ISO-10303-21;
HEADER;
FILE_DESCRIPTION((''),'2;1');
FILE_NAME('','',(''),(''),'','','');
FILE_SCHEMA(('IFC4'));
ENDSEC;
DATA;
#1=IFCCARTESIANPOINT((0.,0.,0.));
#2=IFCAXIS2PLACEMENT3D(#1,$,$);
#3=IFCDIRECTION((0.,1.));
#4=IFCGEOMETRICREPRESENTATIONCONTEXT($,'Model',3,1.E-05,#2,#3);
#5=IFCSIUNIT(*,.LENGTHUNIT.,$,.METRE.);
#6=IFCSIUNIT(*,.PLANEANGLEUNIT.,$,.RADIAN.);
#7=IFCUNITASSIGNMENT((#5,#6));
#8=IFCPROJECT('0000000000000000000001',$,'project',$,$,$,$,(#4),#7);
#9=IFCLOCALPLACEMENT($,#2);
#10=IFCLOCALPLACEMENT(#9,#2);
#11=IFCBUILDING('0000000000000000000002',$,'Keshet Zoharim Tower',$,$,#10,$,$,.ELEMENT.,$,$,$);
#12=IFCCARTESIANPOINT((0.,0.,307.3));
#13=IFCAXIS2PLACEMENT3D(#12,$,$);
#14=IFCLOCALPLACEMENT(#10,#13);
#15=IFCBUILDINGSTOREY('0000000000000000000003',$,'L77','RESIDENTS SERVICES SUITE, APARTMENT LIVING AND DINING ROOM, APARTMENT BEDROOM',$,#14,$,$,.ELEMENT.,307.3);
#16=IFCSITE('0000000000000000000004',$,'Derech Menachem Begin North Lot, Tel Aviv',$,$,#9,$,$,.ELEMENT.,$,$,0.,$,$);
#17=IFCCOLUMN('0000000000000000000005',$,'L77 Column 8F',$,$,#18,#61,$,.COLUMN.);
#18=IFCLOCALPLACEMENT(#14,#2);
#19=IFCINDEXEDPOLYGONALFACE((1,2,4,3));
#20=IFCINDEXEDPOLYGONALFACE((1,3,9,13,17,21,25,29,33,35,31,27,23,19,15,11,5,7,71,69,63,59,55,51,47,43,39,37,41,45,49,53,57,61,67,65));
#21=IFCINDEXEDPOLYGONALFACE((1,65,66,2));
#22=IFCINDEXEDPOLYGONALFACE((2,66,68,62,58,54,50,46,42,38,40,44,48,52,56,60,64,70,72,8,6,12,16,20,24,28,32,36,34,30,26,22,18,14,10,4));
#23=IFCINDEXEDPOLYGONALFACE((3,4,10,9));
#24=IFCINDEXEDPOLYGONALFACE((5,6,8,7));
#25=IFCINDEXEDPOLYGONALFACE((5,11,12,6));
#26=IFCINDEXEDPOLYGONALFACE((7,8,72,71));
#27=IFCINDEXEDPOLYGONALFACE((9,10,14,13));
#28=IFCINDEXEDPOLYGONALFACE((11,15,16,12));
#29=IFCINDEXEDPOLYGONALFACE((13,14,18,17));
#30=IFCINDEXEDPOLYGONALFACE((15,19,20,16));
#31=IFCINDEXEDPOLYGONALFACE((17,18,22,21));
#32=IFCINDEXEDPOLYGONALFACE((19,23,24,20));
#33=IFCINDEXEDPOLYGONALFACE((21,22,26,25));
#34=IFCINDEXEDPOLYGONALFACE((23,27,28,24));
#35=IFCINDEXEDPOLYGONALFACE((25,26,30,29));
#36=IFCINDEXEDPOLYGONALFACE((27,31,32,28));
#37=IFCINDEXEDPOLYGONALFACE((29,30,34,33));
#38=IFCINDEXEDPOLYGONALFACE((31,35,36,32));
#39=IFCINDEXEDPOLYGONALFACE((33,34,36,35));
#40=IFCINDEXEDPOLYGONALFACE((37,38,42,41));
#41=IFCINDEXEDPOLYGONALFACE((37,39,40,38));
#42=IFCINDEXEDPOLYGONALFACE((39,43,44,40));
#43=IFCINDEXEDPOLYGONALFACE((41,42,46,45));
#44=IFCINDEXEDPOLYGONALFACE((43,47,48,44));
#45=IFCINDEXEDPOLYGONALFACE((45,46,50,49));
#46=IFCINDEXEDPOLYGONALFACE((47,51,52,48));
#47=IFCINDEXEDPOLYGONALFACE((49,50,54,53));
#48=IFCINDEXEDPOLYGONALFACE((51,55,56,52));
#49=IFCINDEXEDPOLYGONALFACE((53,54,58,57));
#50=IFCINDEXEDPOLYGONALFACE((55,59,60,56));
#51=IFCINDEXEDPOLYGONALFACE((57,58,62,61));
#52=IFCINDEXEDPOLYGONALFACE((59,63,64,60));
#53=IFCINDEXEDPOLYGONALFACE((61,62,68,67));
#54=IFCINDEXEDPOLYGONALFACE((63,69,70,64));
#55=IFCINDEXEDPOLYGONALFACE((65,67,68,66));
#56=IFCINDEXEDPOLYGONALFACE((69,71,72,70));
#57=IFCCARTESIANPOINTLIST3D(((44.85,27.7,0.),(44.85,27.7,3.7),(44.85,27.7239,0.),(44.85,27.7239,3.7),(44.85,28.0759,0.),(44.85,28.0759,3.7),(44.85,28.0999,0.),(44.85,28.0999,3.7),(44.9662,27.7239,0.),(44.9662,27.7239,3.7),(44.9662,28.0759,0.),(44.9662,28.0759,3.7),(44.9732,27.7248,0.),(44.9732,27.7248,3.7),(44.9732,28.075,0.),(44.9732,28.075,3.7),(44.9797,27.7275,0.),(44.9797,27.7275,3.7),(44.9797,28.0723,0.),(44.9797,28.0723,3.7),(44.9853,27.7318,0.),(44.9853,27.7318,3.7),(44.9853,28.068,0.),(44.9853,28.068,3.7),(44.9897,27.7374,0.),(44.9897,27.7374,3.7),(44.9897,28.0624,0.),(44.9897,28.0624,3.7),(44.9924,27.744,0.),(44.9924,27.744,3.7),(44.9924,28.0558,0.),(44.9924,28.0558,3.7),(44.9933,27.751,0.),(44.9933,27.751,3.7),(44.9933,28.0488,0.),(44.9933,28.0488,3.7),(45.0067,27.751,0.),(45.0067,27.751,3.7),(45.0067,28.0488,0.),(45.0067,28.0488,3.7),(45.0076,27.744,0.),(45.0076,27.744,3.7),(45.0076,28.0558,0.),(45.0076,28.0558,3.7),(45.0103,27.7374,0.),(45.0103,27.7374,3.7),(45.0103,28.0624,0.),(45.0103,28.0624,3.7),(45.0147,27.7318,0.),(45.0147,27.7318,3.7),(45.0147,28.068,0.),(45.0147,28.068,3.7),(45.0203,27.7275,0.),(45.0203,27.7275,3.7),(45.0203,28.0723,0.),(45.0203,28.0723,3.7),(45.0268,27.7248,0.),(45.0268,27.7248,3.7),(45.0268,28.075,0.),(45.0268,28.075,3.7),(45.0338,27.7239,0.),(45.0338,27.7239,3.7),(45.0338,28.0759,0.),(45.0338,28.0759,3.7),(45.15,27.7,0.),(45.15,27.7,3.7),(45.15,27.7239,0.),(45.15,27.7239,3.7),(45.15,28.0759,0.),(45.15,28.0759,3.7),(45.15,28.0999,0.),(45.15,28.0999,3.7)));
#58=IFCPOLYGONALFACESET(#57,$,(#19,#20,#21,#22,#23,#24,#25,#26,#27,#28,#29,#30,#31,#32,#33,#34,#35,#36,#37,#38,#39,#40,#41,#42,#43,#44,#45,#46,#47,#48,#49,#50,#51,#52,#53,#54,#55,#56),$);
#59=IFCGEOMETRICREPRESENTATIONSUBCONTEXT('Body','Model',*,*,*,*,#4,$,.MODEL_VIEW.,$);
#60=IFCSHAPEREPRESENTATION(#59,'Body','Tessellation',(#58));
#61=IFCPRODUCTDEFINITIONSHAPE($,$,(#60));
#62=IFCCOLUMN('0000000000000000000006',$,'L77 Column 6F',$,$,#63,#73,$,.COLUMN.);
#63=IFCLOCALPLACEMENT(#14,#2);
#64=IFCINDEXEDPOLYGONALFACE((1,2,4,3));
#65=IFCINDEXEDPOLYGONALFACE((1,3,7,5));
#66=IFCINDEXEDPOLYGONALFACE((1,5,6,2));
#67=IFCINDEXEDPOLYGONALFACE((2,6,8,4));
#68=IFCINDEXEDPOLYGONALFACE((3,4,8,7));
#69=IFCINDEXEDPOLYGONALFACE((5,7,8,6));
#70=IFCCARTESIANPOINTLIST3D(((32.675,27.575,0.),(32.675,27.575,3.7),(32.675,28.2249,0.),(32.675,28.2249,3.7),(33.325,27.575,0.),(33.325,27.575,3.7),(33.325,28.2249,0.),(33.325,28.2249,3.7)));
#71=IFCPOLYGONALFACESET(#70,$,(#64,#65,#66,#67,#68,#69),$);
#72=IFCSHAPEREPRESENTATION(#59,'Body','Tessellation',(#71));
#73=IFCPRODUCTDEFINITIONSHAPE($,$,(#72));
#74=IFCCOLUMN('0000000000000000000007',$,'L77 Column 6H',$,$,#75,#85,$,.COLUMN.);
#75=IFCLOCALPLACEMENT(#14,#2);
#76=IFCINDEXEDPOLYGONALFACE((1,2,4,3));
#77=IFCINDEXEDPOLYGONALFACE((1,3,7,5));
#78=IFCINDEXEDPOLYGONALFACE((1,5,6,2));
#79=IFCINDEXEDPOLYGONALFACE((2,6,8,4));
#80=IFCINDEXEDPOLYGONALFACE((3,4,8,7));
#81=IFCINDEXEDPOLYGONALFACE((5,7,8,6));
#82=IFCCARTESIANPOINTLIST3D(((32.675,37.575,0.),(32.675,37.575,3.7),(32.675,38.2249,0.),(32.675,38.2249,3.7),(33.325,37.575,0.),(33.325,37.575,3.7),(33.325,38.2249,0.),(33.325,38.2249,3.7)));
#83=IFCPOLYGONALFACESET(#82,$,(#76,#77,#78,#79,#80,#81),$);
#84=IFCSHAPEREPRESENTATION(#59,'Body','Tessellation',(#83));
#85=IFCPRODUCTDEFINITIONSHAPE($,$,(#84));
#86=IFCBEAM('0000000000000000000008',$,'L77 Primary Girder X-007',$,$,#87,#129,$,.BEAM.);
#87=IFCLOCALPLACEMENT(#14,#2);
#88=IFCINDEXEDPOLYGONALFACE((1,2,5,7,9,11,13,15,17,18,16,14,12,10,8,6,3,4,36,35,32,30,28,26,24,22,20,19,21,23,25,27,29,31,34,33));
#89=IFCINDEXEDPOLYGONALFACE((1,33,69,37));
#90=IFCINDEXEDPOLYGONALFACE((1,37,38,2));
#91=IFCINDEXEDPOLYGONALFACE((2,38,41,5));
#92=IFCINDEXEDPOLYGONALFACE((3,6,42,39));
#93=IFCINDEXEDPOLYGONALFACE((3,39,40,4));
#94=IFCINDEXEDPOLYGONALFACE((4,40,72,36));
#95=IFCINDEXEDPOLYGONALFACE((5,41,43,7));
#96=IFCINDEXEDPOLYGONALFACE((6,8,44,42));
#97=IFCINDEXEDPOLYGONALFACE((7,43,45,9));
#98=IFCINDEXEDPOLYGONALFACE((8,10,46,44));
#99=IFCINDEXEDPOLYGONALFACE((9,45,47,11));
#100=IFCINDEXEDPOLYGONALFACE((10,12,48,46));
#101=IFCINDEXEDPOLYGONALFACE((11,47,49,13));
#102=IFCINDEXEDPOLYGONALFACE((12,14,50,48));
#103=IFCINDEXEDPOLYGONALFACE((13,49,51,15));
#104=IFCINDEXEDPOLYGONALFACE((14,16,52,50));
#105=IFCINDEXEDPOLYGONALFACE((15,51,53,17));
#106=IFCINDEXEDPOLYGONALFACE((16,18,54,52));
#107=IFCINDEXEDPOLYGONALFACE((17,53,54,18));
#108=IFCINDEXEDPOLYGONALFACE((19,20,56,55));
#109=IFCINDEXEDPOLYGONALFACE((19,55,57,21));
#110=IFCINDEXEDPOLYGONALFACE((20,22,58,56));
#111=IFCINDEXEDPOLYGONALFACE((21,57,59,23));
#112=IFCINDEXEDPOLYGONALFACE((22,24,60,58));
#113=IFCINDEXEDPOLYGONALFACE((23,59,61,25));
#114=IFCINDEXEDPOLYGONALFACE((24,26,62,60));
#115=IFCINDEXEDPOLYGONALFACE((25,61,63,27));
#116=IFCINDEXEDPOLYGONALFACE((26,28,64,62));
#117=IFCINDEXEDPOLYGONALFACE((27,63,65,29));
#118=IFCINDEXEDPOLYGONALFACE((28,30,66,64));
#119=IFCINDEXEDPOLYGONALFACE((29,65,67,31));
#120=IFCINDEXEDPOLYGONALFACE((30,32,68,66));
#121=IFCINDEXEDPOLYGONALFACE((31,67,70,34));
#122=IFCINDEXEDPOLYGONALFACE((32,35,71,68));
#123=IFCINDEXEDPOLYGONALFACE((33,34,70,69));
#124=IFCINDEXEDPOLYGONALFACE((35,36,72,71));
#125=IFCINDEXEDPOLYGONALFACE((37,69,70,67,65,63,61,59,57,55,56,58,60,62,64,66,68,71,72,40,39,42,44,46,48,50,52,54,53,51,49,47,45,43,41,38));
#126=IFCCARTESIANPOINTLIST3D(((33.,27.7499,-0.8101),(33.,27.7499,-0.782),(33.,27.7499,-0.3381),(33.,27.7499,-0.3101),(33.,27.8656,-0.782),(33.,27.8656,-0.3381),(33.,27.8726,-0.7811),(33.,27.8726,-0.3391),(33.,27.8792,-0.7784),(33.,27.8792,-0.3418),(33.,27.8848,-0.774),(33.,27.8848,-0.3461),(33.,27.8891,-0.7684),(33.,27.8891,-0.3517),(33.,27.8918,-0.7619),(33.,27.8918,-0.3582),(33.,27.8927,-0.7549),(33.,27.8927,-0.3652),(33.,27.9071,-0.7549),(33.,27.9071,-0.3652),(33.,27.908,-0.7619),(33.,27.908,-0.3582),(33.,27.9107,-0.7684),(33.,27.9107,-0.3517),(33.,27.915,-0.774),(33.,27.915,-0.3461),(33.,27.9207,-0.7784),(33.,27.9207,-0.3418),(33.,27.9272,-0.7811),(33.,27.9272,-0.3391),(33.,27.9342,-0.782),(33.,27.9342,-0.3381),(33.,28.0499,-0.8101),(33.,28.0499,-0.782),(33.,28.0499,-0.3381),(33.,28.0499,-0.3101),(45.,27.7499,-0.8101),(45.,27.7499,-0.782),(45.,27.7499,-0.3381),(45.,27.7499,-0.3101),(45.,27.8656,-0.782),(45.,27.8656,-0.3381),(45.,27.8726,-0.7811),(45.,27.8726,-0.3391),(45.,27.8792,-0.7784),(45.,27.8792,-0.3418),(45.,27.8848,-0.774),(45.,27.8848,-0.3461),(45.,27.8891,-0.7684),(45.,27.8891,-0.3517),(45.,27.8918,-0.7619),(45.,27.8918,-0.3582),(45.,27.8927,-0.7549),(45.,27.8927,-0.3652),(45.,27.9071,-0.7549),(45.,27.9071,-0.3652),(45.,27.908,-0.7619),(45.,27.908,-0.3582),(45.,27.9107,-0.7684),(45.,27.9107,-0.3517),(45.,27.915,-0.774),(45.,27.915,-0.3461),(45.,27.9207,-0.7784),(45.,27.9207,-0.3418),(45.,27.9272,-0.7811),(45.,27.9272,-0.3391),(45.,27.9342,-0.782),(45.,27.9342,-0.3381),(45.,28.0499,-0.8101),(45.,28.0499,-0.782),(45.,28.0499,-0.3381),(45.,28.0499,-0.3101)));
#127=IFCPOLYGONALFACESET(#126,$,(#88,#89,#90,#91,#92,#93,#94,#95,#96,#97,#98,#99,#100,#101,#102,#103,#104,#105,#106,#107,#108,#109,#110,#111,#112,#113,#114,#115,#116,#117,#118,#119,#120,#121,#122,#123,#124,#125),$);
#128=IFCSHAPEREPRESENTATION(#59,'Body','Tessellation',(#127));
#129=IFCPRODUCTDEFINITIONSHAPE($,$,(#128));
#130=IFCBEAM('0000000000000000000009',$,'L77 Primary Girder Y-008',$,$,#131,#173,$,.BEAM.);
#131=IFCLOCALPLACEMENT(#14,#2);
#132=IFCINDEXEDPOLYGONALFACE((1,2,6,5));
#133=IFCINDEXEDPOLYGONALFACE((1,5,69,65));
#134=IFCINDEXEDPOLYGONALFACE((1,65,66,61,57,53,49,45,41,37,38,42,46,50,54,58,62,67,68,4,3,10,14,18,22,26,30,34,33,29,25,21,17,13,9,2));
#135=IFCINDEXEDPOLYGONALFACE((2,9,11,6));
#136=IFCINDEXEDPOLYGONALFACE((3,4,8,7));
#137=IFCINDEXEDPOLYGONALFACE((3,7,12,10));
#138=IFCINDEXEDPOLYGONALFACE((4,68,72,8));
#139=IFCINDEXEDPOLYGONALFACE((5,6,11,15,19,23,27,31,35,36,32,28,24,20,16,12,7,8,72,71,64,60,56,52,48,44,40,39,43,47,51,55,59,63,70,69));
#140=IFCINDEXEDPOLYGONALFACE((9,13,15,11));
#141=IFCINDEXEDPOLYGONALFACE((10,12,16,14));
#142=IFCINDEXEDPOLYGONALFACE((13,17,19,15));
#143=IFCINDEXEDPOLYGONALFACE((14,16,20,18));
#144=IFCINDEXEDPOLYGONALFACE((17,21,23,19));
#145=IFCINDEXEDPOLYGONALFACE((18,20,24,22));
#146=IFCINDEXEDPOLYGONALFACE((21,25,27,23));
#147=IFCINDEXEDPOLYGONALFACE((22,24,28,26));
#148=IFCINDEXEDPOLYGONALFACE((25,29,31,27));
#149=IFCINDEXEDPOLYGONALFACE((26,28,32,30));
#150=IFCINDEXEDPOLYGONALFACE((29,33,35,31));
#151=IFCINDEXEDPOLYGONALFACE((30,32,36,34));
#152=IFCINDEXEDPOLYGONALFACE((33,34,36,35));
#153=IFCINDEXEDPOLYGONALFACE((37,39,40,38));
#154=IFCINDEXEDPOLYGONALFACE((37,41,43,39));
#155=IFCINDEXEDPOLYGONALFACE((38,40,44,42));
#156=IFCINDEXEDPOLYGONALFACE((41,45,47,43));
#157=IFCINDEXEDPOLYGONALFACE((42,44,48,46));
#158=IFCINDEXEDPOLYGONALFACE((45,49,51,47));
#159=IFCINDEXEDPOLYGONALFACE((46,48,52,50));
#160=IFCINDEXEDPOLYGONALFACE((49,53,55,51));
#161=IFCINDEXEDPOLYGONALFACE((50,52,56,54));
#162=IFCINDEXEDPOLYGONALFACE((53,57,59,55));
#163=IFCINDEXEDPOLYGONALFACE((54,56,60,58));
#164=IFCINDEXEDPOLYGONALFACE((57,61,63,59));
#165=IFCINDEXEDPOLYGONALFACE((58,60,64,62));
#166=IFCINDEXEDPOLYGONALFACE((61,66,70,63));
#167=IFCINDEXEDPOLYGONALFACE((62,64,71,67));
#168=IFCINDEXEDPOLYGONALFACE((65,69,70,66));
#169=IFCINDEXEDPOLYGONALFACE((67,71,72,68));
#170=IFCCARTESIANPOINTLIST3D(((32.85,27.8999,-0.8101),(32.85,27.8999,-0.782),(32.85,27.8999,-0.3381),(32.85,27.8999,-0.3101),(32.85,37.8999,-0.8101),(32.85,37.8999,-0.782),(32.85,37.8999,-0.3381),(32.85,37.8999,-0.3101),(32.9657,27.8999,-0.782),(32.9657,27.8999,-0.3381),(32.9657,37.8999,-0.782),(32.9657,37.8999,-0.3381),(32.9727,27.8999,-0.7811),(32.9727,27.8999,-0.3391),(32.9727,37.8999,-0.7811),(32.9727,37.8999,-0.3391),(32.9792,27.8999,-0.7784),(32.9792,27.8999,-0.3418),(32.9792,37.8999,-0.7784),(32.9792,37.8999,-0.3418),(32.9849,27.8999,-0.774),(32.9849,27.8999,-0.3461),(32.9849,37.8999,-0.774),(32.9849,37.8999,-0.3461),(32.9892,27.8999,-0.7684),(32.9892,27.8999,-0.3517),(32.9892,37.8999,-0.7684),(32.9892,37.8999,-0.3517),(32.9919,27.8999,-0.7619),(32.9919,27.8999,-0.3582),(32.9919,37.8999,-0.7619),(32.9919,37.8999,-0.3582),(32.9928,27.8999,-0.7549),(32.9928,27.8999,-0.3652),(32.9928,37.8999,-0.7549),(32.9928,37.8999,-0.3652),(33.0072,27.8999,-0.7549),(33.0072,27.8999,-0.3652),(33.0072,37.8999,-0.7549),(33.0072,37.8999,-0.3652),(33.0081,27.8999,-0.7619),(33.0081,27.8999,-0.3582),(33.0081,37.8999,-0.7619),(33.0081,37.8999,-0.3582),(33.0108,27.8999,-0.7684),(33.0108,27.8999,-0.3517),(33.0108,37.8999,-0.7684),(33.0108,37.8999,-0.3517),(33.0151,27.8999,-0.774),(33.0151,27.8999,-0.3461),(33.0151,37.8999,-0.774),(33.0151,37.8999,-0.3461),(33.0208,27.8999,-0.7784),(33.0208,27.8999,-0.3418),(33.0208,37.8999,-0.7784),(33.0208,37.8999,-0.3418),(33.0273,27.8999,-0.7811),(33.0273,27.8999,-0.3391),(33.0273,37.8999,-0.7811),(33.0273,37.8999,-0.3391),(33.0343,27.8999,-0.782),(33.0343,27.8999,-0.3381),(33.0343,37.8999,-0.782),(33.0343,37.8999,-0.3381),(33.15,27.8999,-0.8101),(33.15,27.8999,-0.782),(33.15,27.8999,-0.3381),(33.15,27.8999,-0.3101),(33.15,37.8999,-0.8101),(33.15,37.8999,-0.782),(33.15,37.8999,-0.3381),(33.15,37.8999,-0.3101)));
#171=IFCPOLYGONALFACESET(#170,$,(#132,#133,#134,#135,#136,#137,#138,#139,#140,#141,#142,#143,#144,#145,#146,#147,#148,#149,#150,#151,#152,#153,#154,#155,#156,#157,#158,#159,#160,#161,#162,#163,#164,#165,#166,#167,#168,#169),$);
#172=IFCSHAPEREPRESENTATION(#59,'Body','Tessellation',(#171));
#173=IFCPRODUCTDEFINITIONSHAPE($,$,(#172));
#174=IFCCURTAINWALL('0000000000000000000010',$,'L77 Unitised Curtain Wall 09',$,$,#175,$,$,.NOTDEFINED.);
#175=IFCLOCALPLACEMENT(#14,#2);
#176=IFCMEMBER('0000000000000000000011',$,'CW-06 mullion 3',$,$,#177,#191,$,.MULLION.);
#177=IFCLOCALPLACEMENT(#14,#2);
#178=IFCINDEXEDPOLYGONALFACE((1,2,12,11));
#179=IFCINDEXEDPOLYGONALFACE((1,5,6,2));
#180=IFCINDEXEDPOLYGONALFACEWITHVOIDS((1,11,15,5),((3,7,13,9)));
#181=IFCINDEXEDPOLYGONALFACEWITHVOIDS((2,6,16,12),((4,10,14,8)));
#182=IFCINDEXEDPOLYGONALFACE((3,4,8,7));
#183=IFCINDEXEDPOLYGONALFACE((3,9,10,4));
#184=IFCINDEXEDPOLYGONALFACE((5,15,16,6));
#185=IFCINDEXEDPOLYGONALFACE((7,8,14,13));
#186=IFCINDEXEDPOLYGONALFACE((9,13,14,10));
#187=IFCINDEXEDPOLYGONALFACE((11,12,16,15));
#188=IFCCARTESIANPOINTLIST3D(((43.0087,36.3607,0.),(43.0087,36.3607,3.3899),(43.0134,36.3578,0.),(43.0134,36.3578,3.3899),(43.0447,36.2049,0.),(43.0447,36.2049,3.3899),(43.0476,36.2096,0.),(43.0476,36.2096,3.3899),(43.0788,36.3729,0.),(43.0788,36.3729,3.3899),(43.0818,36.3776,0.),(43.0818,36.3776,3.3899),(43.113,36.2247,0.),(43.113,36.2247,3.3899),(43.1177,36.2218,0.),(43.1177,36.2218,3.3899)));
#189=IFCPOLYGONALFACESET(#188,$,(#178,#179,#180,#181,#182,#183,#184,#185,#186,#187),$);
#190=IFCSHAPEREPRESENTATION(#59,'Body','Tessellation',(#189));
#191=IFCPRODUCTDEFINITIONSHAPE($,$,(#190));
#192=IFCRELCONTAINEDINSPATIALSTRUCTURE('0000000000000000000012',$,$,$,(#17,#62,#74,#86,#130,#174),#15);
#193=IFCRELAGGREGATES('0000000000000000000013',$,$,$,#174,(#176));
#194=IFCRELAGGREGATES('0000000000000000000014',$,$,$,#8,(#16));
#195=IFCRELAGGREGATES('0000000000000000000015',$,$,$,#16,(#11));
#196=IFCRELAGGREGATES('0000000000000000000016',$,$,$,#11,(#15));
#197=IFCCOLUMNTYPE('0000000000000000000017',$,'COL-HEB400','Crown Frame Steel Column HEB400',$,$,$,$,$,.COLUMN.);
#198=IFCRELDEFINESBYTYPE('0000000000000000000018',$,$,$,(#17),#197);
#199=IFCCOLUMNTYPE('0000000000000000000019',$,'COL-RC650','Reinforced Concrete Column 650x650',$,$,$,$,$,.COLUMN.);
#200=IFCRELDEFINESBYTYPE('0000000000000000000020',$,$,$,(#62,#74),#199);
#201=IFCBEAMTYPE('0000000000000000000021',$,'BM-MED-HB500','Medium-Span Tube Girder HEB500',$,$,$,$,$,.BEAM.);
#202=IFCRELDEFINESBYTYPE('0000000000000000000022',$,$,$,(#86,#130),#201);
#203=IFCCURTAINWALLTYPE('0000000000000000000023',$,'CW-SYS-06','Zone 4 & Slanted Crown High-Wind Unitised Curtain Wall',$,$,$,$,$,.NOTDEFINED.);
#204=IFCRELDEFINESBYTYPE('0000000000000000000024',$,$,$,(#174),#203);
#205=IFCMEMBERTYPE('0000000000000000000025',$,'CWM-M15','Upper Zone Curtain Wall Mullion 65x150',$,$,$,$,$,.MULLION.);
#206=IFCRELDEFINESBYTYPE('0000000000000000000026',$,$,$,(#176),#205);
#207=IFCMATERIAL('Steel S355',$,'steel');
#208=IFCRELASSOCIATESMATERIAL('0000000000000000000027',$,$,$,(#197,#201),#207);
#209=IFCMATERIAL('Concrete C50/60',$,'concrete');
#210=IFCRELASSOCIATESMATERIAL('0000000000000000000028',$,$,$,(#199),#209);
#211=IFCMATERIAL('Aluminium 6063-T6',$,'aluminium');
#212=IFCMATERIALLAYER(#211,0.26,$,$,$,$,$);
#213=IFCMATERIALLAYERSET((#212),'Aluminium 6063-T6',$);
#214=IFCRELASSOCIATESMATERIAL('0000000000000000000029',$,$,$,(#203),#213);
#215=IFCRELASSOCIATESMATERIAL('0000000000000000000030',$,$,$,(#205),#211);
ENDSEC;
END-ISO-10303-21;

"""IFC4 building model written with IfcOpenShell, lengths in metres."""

from ifc_helpers import new_model, si_unit, direction, frame, origin, origin_2d, place, context, subcontext, project, spatial, rectangle, hollow_rectangle, i_section, extrude, material, layer, layer_set, material_profile, profile_set, type_object, element, aggregate, save


model = new_model("IFC4")

# Units and contexts
model_context = context("Model", 3, precision=1e-05, world=origin(), true_north=direction((0.0, 1.0)))
body_context = subcontext(model_context, "Body", "Model", "MODEL_VIEW")
ifc_project = project(units=[si_unit("LENGTHUNIT", "METRE"), si_unit("PLANEANGLEUNIT", "RADIAN")], contexts=[model_context])

# Site, building, storey
site_placement = place(None, origin())
site = spatial("IfcSite", under=ifc_project, at=site_placement, Name="Derech Menachem Begin North Lot, Tel Aviv", CompositionType="ELEMENT", RefElevation=0.0)
building_placement = place(site_placement, origin())
building = spatial("IfcBuilding", under=site, at=building_placement, Name="Keshet Zoharim Tower", CompositionType="ELEMENT")
storey_placement = place(building_placement, frame((0.0, 0.0, 307.3)))
storey = spatial("IfcBuildingStorey", under=building, at=storey_placement, Name="L77", Description="RESIDENTS SERVICES SUITE, APARTMENT LIVING AND DINING ROOM, APARTMENT BEDROOM", CompositionType="ELEMENT", Elevation=307.3)

# Columns
ifc_material_1 = material(Name="Steel S355", Category="steel")
ifc_material_profile_1 = material_profile(ifc_material_1, i_section(OverallWidth=0.3, OverallDepth=0.3999, WebThickness=0.0134, FlangeThickness=0.0239, FilletRadius=0.0271, at=origin_2d()), Name="HEB400")
ifc_profile_set_1 = profile_set([ifc_material_profile_1], Name="Steel S355")
column_type_1 = type_object("IfcColumnType", Name="COL-HEB400", Description="Crown Frame Steel Column HEB400", PredefinedType="COLUMN", material=ifc_profile_set_1)
column_placement = place(storey_placement, frame((45.0, 27.8999, 0.0), z_axis=(0.0, 0.0, 1.0), x_axis=(1.0, 0.0, 0.0)))
element("IfcColumn", 1, at=column_placement, inside=storey, type_object=column_type_1, Name="L77 Column 8F", PredefinedType="COLUMN", context=body_context, shape_type="SweptSolid", body=[
    extrude(i_section(OverallWidth=0.3, OverallDepth=0.3999, WebThickness=0.0134, FlangeThickness=0.0239, FilletRadius=0.0271, at=origin_2d()), origin(), (0.0, 0.0, 1.0), 3.7),
])
ifc_material_2 = material(Name="Concrete C50/60", Category="concrete")
ifc_material_profile_2 = material_profile(ifc_material_2, rectangle(XDim=0.6499, YDim=0.6499, at=origin_2d()), Name="RC650x650")
ifc_profile_set_2 = profile_set([ifc_material_profile_2], Name="Concrete C50/60")
column_type_2 = type_object("IfcColumnType", Name="COL-RC650", Description="Reinforced Concrete Column 650x650", PredefinedType="COLUMN", material=ifc_profile_set_2)
for number, where, z_axis, x_axis, name in (
    (2, (33.0, 27.8999, 0.0), (0.0, 0.0, 1.0), (1.0, 0.0, 0.0), "L77 Column 6F"),
    (3, (33.0, 37.8999, 0.0), (0.0, 0.0, 1.0), (1.0, 0.0, 0.0), "L77 Column 6H"),
):
    element("IfcColumn", number, at=place(storey_placement, frame(where, z_axis=z_axis, x_axis=x_axis)), inside=storey, type_object=column_type_2, Name=name, PredefinedType="COLUMN", context=body_context, shape_type="SweptSolid", body=[
        extrude(rectangle(XDim=0.6499, YDim=0.6499, at=origin_2d()), origin(), (0.0, 0.0, 1.0), 3.7),
    ])

# Beams
ifc_material_profile_3 = material_profile(ifc_material_1, i_section(OverallWidth=0.3, OverallDepth=0.5, WebThickness=0.0144, FlangeThickness=0.0281, FilletRadius=0.0271, at=origin_2d()), Name="HEB500")
ifc_profile_set_3 = profile_set([ifc_material_profile_3], Name="Steel S355")
beam_type = type_object("IfcBeamType", Name="BM-MED-HB500", Description="Medium-Span Tube Girder HEB500", PredefinedType="BEAM", material=ifc_profile_set_3)
beam_1_placement = place(storey_placement, frame((33.0, 27.8999, -0.5601), z_axis=(1.0, 0.0, 0.0), x_axis=(0.0, 1.0, 0.0)))
element("IfcBeam", 4, at=beam_1_placement, inside=storey, type_object=beam_type, Name="L77 Primary Girder X-007", PredefinedType="BEAM", context=body_context, shape_type="SweptSolid", body=[
    extrude(i_section(OverallWidth=0.3, OverallDepth=0.5, WebThickness=0.0144, FlangeThickness=0.0281, FilletRadius=0.0271, at=origin_2d()), origin(), (0.0, 0.0, 1.0), 12.0),
])
beam_2_placement = place(storey_placement, frame((33.0, 27.8999, -0.5601), z_axis=(0.0, 1.0, 0.0), x_axis=(-1.0, 0.0, 0.0)))
element("IfcBeam", 5, at=beam_2_placement, inside=storey, type_object=beam_type, Name="L77 Primary Girder Y-008", PredefinedType="BEAM", context=body_context, shape_type="SweptSolid", body=[
    extrude(i_section(OverallWidth=0.3, OverallDepth=0.5, WebThickness=0.0144, FlangeThickness=0.0281, FilletRadius=0.0271, at=origin_2d()), origin(), (0.0, 0.0, 1.0), 10.0),
])

# Curtain wall, member
ifc_material_3 = material(Name="Aluminium 6063-T6", Category="aluminium")
ifc_layer_1 = layer(ifc_material_3, 0.26)
ifc_layer_set_1 = layer_set([ifc_layer_1], Name="Aluminium 6063-T6")
curtain_wall_type = type_object("IfcCurtainWallType", Name="CW-SYS-06", Description="Zone 4 & Slanted Crown High-Wind Unitised Curtain Wall", PredefinedType="NOTDEFINED", material=ifc_layer_set_1)
curtain_wall_1_placement = place(storey_placement, origin())
curtain_wall_1 = element("IfcCurtainWall", 6, at=curtain_wall_1_placement, inside=storey, type_object=curtain_wall_type, Name="L77 Unitised Curtain Wall 09", PredefinedType="NOTDEFINED")
ifc_material_profile_4 = material_profile(ifc_material_3, hollow_rectangle(XDim=0.075, YDim=0.1599, WallThickness=0.0039, at=origin_2d()), Name="MUL-75x160")
ifc_profile_set_4 = profile_set([ifc_material_profile_4], Name="Aluminium 6063-T6")
member_type_1 = type_object("IfcMemberType", Name="CWM-M15", Description="Upper Zone Curtain Wall Mullion 65x150", PredefinedType="MULLION", material=ifc_profile_set_4)
member_1_placement = place(storey_placement, frame((43.0632, 36.2913, 0.0), z_axis=(0.0, 0.0, 1.0), x_axis=(0.974398, 0.22483, 0.0)))
member_1 = element("IfcMember", 7, at=member_1_placement, type_object=member_type_1, Name="CW-06 mullion 3", PredefinedType="MULLION", context=body_context, shape_type="SweptSolid", body=[
    extrude(hollow_rectangle(XDim=0.075, YDim=0.1599, WallThickness=0.0039, at=origin_2d()), origin(), (0.0, 0.0, 1.0), 3.3899),
])

aggregate(curtain_wall_1, [member_1])

save(model, "model.ifc")
